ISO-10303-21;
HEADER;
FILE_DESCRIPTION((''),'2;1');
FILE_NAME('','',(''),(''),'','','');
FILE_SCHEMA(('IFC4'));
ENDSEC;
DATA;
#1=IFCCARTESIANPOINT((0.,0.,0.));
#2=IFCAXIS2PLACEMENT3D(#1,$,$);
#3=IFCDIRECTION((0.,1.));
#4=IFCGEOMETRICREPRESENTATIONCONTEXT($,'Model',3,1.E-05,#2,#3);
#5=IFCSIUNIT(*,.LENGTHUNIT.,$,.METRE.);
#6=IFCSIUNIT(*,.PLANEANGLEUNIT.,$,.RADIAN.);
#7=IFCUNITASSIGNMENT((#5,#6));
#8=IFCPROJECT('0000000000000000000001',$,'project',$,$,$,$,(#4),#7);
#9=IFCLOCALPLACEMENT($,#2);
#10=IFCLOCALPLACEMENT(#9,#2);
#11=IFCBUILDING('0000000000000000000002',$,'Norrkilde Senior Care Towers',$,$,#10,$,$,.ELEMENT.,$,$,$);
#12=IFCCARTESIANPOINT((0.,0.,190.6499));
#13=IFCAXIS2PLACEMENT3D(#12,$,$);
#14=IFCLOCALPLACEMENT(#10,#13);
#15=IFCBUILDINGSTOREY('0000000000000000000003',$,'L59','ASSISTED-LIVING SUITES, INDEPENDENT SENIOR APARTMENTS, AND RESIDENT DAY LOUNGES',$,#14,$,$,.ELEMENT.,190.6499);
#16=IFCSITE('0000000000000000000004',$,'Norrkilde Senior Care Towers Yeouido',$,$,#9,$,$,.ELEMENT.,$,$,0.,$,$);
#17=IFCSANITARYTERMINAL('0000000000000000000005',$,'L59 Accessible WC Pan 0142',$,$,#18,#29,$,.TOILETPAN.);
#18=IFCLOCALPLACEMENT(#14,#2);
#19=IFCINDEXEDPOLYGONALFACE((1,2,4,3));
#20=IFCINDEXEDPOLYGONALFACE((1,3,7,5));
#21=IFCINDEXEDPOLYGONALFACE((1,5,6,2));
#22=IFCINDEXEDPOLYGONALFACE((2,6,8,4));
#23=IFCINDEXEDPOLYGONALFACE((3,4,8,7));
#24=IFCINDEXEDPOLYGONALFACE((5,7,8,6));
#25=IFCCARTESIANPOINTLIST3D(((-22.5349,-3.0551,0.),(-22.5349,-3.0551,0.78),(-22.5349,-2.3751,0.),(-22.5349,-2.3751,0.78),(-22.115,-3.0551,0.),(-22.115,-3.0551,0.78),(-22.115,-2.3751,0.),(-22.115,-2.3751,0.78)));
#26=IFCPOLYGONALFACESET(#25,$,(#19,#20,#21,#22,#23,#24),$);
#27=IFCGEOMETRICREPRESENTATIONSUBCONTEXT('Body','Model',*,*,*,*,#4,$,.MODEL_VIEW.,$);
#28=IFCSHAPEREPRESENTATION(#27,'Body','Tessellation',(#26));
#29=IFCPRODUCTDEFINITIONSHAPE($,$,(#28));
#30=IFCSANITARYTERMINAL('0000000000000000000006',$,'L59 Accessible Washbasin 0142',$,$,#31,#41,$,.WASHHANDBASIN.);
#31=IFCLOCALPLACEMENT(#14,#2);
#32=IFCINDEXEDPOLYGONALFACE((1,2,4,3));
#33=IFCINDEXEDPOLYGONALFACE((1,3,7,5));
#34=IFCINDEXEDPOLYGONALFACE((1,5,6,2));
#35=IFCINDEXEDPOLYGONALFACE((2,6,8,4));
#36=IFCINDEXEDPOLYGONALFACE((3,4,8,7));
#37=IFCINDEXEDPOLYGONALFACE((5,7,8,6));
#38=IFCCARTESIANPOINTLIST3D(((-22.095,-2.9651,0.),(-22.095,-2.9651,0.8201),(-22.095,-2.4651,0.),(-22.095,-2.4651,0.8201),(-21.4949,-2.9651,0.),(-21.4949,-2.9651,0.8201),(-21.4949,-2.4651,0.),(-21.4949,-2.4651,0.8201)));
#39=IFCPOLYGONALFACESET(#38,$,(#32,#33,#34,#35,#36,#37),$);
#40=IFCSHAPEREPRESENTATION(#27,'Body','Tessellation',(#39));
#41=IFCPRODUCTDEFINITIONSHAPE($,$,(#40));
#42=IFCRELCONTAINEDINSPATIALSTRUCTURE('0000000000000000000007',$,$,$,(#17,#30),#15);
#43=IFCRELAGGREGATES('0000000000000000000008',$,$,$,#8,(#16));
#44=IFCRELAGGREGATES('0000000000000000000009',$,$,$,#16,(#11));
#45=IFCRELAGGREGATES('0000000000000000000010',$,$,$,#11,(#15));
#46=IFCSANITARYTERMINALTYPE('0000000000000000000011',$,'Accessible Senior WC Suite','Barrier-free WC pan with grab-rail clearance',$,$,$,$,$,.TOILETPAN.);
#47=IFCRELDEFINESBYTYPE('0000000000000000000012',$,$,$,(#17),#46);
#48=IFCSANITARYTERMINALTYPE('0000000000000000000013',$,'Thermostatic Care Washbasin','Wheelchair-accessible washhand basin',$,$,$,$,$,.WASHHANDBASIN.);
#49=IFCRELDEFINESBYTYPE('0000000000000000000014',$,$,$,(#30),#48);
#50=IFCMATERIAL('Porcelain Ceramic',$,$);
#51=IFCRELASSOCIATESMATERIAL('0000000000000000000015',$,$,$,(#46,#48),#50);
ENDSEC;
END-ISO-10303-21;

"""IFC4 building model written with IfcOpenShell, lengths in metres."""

from ifc_helpers import new_model, si_unit, direction, frame, origin, origin_2d, place, context, subcontext, project, spatial, rectangle, extrude, source, transform, mapped, material, type_object, type_shapes, element, save


model = new_model("IFC4")

# Units and contexts
model_context = context("Model", 3, precision=1e-05, world=origin(), true_north=direction((0.0, 1.0)))
body_context = subcontext(model_context, "Body", "Model", "MODEL_VIEW")
ifc_project = project(units=[si_unit("LENGTHUNIT", "METRE"), si_unit("PLANEANGLEUNIT", "RADIAN")], contexts=[model_context])

# Site, building, storey
site_placement = place(None, origin())
site = spatial("IfcSite", under=ifc_project, at=site_placement, Name="Norrkilde Senior Care Towers Yeouido", CompositionType="ELEMENT", RefElevation=0.0)
building_placement = place(site_placement, origin())
building = spatial("IfcBuilding", under=site, at=building_placement, Name="Norrkilde Senior Care Towers", CompositionType="ELEMENT")
storey_placement = place(building_placement, frame((0.0, 0.0, 190.6499)))
storey = spatial("IfcBuildingStorey", under=building, at=storey_placement, Name="L59", Description="ASSISTED-LIVING SUITES, INDEPENDENT SENIOR APARTMENTS, AND RESIDENT DAY LOUNGES", CompositionType="ELEMENT", Elevation=190.6499)

# Sanitary terminals
ifc_material_1 = material(Name="Porcelain Ceramic")
sanitary_terminal_type_1 = type_object("IfcSanitaryTerminalType", Name="Accessible Senior WC Suite", Description="Barrier-free WC pan with grab-rail clearance", PredefinedType="TOILETPAN", material=ifc_material_1)
shared_shape_1 = source(origin(), body_context, "Body", "SweptSolid", [
    extrude(rectangle(XDim=0.4199, YDim=0.6799, at=origin_2d()), origin(), (0.0, 0.0, 1.0), 0.78),
])
type_shapes(sanitary_terminal_type_1, [shared_shape_1])
sanitary_terminal_1_placement = place(storey_placement, frame((-22.325, -2.7151, 0.0), z_axis=(0.0, 0.0, 1.0), x_axis=(1.0, 0.0, 0.0)))
element("IfcSanitaryTerminal", 1, at=sanitary_terminal_1_placement, inside=storey, type_object=sanitary_terminal_type_1, Name="L59 Accessible WC Pan 0142", PredefinedType="TOILETPAN", context=body_context, shape_type="MappedRepresentation", body=[
    mapped(shared_shape_1, transform((0.0, 0.0, 0.0), x_axis=(1.0, 0.0, 0.0), y_axis=(0.0, 1.0, 0.0), z_axis=(0.0, 0.0, 1.0), scale=1.0)),
])
sanitary_terminal_type_2 = type_object("IfcSanitaryTerminalType", Name="Thermostatic Care Washbasin", Description="Wheelchair-accessible washhand basin", PredefinedType="WASHHANDBASIN", material=ifc_material_1)
shared_shape_2 = source(origin(), body_context, "Body", "SweptSolid", [
    extrude(rectangle(XDim=0.6001, YDim=0.5, at=origin_2d()), origin(), (0.0, 0.0, 1.0), 0.8201),
])
type_shapes(sanitary_terminal_type_2, [shared_shape_2])
sanitary_terminal_2_placement = place(storey_placement, frame((-21.7949, -2.7151, 0.0), z_axis=(0.0, 0.0, 1.0), x_axis=(1.0, 0.0, 0.0)))
element("IfcSanitaryTerminal", 2, at=sanitary_terminal_2_placement, inside=storey, type_object=sanitary_terminal_type_2, Name="L59 Accessible Washbasin 0142", PredefinedType="WASHHANDBASIN", context=body_context, shape_type="MappedRepresentation", body=[
    mapped(shared_shape_2, transform((0.0, 0.0, 0.0), x_axis=(1.0, 0.0, 0.0), y_axis=(0.0, 1.0, 0.0), z_axis=(0.0, 0.0, 1.0), scale=1.0)),
])

save(model, "model.ifc")
